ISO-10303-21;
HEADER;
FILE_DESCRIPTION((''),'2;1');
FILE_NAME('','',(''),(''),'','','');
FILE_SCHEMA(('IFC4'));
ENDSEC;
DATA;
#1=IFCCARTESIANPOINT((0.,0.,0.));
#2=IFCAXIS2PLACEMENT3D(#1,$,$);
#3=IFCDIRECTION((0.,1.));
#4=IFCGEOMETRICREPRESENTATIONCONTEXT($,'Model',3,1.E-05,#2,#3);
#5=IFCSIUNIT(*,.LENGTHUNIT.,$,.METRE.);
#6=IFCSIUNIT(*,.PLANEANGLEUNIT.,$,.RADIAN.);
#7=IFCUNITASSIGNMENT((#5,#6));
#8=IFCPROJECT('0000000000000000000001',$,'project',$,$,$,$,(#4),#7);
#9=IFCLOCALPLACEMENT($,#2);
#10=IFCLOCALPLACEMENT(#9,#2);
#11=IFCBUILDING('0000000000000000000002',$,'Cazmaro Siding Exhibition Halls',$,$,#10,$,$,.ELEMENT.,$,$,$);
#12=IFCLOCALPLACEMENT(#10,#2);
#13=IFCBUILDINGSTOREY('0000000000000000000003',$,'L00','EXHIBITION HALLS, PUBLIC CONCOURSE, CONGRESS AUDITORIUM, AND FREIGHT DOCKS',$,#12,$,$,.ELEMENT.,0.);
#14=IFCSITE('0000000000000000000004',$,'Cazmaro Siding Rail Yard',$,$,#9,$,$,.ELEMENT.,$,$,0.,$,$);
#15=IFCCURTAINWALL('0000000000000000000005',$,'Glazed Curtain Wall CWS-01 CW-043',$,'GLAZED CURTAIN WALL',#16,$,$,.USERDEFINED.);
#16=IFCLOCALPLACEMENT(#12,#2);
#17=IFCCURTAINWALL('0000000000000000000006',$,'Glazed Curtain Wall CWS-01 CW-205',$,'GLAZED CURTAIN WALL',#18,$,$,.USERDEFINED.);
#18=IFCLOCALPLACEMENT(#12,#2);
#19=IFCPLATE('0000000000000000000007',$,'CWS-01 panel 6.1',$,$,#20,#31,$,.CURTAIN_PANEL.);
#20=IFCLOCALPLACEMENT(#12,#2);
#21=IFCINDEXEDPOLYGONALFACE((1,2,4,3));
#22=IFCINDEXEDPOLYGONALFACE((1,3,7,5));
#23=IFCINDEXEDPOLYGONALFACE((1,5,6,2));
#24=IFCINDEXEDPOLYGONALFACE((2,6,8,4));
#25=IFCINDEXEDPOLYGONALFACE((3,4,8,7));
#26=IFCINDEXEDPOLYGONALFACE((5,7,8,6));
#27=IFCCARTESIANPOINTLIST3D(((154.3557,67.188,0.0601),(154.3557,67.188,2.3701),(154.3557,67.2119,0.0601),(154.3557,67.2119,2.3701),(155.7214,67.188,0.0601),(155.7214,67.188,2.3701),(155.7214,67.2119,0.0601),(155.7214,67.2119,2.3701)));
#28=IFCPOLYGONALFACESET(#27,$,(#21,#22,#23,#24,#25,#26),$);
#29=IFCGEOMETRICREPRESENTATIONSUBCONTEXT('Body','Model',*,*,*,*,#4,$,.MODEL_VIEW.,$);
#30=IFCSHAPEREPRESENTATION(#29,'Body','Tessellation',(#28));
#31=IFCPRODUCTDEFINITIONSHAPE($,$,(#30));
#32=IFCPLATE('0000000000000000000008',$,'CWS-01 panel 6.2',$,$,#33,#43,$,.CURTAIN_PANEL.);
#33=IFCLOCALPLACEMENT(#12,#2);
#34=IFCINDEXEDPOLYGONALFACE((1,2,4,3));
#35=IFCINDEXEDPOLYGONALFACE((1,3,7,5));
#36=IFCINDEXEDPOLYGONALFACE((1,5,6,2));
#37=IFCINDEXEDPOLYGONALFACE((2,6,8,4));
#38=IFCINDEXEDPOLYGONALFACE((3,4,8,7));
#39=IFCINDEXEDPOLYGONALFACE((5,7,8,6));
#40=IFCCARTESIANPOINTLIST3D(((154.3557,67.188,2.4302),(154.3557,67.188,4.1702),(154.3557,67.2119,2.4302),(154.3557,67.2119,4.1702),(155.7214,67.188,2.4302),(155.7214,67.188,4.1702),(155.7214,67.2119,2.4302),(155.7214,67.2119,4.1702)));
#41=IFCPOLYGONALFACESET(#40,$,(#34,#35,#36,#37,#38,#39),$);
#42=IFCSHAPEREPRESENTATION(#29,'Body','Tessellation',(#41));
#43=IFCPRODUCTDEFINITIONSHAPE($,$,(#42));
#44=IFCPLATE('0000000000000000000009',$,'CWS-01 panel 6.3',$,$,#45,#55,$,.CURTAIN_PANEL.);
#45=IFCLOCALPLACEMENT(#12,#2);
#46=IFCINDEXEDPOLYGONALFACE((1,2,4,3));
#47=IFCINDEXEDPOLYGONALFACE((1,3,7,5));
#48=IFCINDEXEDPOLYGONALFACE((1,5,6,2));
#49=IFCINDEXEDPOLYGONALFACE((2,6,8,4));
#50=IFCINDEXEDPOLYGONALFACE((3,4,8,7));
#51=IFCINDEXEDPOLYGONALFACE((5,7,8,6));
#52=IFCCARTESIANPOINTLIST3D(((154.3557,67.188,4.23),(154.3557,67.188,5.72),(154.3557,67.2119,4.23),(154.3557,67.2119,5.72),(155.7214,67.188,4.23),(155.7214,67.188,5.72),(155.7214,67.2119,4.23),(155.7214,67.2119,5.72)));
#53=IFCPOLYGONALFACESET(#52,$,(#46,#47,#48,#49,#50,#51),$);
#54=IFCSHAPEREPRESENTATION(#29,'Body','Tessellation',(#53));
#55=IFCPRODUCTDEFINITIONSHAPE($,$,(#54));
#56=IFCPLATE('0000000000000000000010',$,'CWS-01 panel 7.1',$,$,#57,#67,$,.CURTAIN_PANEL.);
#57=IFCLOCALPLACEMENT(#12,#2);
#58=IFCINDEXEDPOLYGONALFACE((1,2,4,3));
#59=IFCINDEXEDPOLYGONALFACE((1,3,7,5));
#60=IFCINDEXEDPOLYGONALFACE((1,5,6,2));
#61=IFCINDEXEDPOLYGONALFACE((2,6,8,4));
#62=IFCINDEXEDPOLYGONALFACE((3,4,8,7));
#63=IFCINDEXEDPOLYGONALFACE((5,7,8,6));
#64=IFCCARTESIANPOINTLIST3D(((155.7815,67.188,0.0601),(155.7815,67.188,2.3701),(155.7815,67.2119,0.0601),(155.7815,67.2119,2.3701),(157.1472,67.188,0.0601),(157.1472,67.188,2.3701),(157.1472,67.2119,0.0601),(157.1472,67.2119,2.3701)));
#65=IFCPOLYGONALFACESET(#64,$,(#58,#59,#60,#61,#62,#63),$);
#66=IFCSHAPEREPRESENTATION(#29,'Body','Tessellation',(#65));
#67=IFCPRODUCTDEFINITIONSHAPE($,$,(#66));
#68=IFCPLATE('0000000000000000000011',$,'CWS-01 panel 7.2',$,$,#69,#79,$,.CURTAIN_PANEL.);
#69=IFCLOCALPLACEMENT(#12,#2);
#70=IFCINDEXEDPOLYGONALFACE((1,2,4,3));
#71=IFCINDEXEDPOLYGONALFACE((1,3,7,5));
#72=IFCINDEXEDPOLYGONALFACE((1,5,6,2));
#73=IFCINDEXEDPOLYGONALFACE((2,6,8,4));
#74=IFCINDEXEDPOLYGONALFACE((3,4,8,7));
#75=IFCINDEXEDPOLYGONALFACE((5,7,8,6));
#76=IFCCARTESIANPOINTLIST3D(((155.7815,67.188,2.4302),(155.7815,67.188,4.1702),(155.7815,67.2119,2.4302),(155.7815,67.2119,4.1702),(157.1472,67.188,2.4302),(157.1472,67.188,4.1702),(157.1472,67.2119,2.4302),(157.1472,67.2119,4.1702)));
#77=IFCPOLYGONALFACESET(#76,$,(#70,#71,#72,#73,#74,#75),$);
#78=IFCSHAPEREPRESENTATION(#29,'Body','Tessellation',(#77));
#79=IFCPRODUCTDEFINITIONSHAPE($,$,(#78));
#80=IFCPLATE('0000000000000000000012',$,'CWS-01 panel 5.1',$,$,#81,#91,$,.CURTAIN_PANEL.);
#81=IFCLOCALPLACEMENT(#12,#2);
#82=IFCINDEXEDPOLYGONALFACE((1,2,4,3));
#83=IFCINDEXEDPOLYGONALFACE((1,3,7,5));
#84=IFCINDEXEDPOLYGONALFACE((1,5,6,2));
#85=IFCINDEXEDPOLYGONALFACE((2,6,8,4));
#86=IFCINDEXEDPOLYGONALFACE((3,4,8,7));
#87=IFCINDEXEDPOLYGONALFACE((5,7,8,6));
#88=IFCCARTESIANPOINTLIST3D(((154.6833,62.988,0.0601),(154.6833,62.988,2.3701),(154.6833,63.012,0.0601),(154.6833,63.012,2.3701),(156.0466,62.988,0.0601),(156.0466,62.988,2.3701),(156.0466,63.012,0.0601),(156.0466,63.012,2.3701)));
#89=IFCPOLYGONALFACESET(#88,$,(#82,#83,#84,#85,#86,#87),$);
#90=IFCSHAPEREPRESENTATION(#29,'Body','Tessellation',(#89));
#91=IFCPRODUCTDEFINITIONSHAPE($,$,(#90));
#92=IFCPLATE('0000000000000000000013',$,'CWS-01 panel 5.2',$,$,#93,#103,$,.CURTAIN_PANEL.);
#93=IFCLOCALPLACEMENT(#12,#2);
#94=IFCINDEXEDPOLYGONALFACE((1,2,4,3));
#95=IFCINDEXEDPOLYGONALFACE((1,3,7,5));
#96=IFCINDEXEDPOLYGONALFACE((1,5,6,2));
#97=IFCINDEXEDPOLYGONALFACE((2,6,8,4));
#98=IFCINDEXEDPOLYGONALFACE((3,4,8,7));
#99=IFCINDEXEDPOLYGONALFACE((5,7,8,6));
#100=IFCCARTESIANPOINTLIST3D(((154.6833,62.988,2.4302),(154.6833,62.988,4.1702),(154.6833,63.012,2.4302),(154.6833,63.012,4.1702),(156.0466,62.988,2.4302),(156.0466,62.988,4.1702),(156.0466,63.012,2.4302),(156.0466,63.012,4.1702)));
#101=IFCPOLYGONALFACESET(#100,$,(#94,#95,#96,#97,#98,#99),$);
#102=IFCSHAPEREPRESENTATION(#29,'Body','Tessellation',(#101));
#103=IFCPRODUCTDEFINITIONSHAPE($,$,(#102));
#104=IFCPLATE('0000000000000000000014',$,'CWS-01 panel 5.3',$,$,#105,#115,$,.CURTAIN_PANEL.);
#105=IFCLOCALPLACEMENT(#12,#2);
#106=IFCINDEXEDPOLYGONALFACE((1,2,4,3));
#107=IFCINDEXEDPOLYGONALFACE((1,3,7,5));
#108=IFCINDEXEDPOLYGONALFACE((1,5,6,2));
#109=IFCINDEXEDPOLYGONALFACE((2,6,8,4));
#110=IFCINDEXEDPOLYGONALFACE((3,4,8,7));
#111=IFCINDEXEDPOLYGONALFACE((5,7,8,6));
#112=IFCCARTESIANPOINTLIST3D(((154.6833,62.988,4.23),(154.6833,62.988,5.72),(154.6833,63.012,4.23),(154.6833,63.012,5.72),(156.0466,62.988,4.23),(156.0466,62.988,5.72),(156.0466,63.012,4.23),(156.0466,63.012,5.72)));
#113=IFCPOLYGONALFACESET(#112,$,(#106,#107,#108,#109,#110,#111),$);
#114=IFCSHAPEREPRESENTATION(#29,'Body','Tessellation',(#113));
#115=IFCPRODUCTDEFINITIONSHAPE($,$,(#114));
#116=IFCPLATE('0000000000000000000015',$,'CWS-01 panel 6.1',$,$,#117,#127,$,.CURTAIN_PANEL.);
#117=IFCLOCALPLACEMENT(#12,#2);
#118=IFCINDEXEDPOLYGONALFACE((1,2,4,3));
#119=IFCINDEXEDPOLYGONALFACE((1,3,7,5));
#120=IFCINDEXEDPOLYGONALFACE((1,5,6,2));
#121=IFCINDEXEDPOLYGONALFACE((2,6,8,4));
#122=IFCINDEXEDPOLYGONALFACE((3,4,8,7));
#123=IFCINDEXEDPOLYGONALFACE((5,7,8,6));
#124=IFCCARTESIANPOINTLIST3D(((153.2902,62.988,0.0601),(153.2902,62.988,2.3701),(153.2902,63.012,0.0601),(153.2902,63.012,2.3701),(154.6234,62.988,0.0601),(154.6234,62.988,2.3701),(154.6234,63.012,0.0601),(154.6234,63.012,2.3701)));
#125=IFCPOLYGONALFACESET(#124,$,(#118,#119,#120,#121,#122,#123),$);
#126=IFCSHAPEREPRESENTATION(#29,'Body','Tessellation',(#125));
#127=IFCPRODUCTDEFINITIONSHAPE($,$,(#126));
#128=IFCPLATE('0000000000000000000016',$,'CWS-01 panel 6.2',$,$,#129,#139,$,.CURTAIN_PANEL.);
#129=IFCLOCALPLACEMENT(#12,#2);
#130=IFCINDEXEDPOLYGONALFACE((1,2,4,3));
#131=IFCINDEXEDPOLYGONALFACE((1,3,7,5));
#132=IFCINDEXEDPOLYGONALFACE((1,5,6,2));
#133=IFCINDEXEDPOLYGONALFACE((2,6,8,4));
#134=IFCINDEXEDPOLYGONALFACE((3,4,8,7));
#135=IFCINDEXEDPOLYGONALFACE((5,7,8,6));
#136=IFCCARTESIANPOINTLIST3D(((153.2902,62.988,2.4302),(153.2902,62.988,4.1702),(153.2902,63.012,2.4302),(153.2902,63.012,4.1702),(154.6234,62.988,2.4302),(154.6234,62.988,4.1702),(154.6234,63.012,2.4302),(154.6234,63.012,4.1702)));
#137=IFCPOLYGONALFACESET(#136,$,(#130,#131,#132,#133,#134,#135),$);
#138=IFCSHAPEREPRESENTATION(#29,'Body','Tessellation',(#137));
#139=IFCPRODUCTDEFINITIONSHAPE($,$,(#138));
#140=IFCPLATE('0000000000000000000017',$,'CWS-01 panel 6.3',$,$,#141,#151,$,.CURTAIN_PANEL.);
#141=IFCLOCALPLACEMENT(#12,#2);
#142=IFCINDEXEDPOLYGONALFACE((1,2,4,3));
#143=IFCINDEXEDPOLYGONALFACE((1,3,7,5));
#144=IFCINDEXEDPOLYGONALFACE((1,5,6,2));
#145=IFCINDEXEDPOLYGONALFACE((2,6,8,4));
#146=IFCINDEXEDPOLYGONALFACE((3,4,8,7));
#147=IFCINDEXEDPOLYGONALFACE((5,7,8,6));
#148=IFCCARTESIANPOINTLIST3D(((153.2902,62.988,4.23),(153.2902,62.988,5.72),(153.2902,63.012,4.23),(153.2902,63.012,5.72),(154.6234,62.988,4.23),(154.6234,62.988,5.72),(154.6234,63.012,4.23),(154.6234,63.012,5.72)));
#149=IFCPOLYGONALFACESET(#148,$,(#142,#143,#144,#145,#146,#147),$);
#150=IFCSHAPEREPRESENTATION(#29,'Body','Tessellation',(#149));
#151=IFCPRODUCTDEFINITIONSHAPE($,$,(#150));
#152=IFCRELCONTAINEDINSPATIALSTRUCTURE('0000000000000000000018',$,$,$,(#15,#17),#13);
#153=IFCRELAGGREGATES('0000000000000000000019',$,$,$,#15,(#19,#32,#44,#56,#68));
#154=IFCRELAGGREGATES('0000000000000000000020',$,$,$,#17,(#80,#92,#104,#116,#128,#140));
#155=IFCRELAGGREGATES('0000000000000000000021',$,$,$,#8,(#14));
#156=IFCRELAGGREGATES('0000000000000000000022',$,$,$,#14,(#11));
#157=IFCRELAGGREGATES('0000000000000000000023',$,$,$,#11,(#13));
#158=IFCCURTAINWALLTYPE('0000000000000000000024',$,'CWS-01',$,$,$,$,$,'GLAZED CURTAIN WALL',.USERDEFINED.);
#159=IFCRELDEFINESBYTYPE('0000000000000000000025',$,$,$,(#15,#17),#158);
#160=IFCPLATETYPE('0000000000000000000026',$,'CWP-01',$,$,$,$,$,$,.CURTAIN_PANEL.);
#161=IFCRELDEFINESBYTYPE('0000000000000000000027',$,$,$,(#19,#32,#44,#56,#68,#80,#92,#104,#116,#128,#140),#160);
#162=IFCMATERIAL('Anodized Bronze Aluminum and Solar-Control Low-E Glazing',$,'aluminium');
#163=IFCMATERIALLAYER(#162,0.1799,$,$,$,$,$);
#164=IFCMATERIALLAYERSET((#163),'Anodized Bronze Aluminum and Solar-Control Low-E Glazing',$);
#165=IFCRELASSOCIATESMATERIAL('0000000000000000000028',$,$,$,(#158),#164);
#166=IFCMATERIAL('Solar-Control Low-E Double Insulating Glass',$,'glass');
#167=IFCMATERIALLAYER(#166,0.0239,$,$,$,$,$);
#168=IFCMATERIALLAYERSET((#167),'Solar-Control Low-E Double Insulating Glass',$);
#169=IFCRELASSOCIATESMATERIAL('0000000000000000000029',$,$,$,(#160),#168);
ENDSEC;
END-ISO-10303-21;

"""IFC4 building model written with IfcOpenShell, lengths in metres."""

from ifc_helpers import new_model, si_unit, direction, frame, origin, origin_2d, place, context, subcontext, project, spatial, rectangle, extrude, material, layer, layer_set, type_object, element, aggregate, save


model = new_model("IFC4")

# Units and contexts
model_context = context("Model", 3, precision=1e-05, world=origin(), true_north=direction((0.0, 1.0)))
body_context = subcontext(model_context, "Body", "Model", "MODEL_VIEW")
ifc_project = project(units=[si_unit("LENGTHUNIT", "METRE"), si_unit("PLANEANGLEUNIT", "RADIAN")], contexts=[model_context])

# Site, building, storey
site_placement = place(None, origin())
site = spatial("IfcSite", under=ifc_project, at=site_placement, Name="Cazmaro Siding Rail Yard", CompositionType="ELEMENT", RefElevation=0.0)
building_placement = place(site_placement, origin())
building = spatial("IfcBuilding", under=site, at=building_placement, Name="Cazmaro Siding Exhibition Halls", CompositionType="ELEMENT")
storey_placement = place(building_placement, origin())
storey = spatial("IfcBuildingStorey", under=building, at=storey_placement, Name="L00", Description="EXHIBITION HALLS, PUBLIC CONCOURSE, CONGRESS AUDITORIUM, AND FREIGHT DOCKS", CompositionType="ELEMENT", Elevation=0.0)

# Curtain walls
ifc_material_1 = material(Name="Anodized Bronze Aluminum and Solar-Control Low-E Glazing", Category="aluminium")
ifc_layer_1 = layer(ifc_material_1, 0.1799)
ifc_layer_set_1 = layer_set([ifc_layer_1], Name="Anodized Bronze Aluminum and Solar-Control Low-E Glazing")
curtain_wall_type = type_object("IfcCurtainWallType", Name="CWS-01", ElementType="GLAZED CURTAIN WALL", PredefinedType="USERDEFINED", material=ifc_layer_set_1)
curtain_wall_1_placement = place(storey_placement, origin())
curtain_wall_1 = element("IfcCurtainWall", 1, at=curtain_wall_1_placement, inside=storey, type_object=curtain_wall_type, Name="Glazed Curtain Wall CWS-01 CW-043", ObjectType="GLAZED CURTAIN WALL", PredefinedType="USERDEFINED")
curtain_wall_2_placement = place(storey_placement, origin())
curtain_wall_2 = element("IfcCurtainWall", 2, at=curtain_wall_2_placement, inside=storey, type_object=curtain_wall_type, Name="Glazed Curtain Wall CWS-01 CW-205", ObjectType="GLAZED CURTAIN WALL", PredefinedType="USERDEFINED")

# Plates
ifc_material_2 = material(Name="Solar-Control Low-E Double Insulating Glass", Category="glass")
ifc_layer_2 = layer(ifc_material_2, 0.0239)
ifc_layer_set_2 = layer_set([ifc_layer_2], Name="Solar-Control Low-E Double Insulating Glass")
plate_type = type_object("IfcPlateType", Name="CWP-01", PredefinedType="CURTAIN_PANEL", material=ifc_layer_set_2)
plate_1_placement = place(storey_placement, frame((155.0386, 67.2, 0.0601), z_axis=(0.0, 0.0, 1.0), x_axis=(1.0, 0.0, 0.0)))
plate_1 = element("IfcPlate", 3, at=plate_1_placement, type_object=plate_type, Name="CWS-01 panel 6.1", PredefinedType="CURTAIN_PANEL", context=body_context, shape_type="SweptSolid", body=[
    extrude(rectangle(XDim=1.3657, YDim=0.0239, at=origin_2d()), origin(), (0.0, 0.0, 1.0), 2.3101),
])
plate_2_placement = place(storey_placement, frame((155.0386, 67.2, 2.4302), z_axis=(0.0, 0.0, 1.0), x_axis=(1.0, 0.0, 0.0)))
plate_2 = element("IfcPlate", 4, at=plate_2_placement, type_object=plate_type, Name="CWS-01 panel 6.2", PredefinedType="CURTAIN_PANEL", context=body_context, shape_type="SweptSolid", body=[
    extrude(rectangle(XDim=1.3657, YDim=0.0239, at=origin_2d()), origin(), (0.0, 0.0, 1.0), 1.74),
])
plate_3_placement = place(storey_placement, frame((155.0386, 67.2, 4.23), z_axis=(0.0, 0.0, 1.0), x_axis=(1.0, 0.0, 0.0)))
plate_3 = element("IfcPlate", 5, at=plate_3_placement, type_object=plate_type, Name="CWS-01 panel 6.3", PredefinedType="CURTAIN_PANEL", context=body_context, shape_type="SweptSolid", body=[
    extrude(rectangle(XDim=1.3657, YDim=0.0239, at=origin_2d()), origin(), (0.0, 0.0, 1.0), 1.49),
])
plate_4_placement = place(storey_placement, frame((156.4644, 67.2, 0.0601), z_axis=(0.0, 0.0, 1.0), x_axis=(1.0, 0.0, 0.0)))
plate_4 = element("IfcPlate", 6, at=plate_4_placement, type_object=plate_type, Name="CWS-01 panel 7.1", PredefinedType="CURTAIN_PANEL", context=body_context, shape_type="SweptSolid", body=[
    extrude(rectangle(XDim=1.3657, YDim=0.0239, at=origin_2d()), origin(), (0.0, 0.0, 1.0), 2.3101),
])
plate_5_placement = place(storey_placement, frame((156.4644, 67.2, 2.4302), z_axis=(0.0, 0.0, 1.0), x_axis=(1.0, 0.0, 0.0)))
plate_5 = element("IfcPlate", 7, at=plate_5_placement, type_object=plate_type, Name="CWS-01 panel 7.2", PredefinedType="CURTAIN_PANEL", context=body_context, shape_type="SweptSolid", body=[
    extrude(rectangle(XDim=1.3657, YDim=0.0239, at=origin_2d()), origin(), (0.0, 0.0, 1.0), 1.74),
])
aggregate(curtain_wall_1, [plate_1, plate_2, plate_3, plate_4, plate_5])
plate_6_placement = place(storey_placement, frame((155.365, 63.0, 0.0601), z_axis=(0.0, 0.0, 1.0), x_axis=(-1.0, 0.0, 0.0)))
plate_6 = element("IfcPlate", 8, at=plate_6_placement, type_object=plate_type, Name="CWS-01 panel 5.1", PredefinedType="CURTAIN_PANEL", context=body_context, shape_type="SweptSolid", body=[
    extrude(rectangle(XDim=1.3633, YDim=0.0239, at=origin_2d()), origin(), (0.0, 0.0, 1.0), 2.3101),
])
plate_7_placement = place(storey_placement, frame((155.365, 63.0, 2.4302), z_axis=(0.0, 0.0, 1.0), x_axis=(-1.0, 0.0, 0.0)))
plate_7 = element("IfcPlate", 9, at=plate_7_placement, type_object=plate_type, Name="CWS-01 panel 5.2", PredefinedType="CURTAIN_PANEL", context=body_context, shape_type="SweptSolid", body=[
    extrude(rectangle(XDim=1.3633, YDim=0.0239, at=origin_2d()), origin(), (0.0, 0.0, 1.0), 1.74),
])
plate_8_placement = place(storey_placement, frame((155.365, 63.0, 4.23), z_axis=(0.0, 0.0, 1.0), x_axis=(-1.0, 0.0, 0.0)))
plate_8 = element("IfcPlate", 10, at=plate_8_placement, type_object=plate_type, Name="CWS-01 panel 5.3", PredefinedType="CURTAIN_PANEL", context=body_context, shape_type="SweptSolid", body=[
    extrude(rectangle(XDim=1.3633, YDim=0.0239, at=origin_2d()), origin(), (0.0, 0.0, 1.0), 1.49),
])
plate_9_placement = place(storey_placement, frame((153.9568, 63.0, 0.0601), z_axis=(0.0, 0.0, 1.0), x_axis=(-1.0, 0.0, 0.0)))
plate_9 = element("IfcPlate", 11, at=plate_9_placement, type_object=plate_type, Name="CWS-01 panel 6.1", PredefinedType="CURTAIN_PANEL", context=body_context, shape_type="SweptSolid", body=[
    extrude(rectangle(XDim=1.3333, YDim=0.0239, at=origin_2d()), origin(), (0.0, 0.0, 1.0), 2.3101),
])
plate_10_placement = place(storey_placement, frame((153.9568, 63.0, 2.4302), z_axis=(0.0, 0.0, 1.0), x_axis=(-1.0, 0.0, 0.0)))
plate_10 = element("IfcPlate", 12, at=plate_10_placement, type_object=plate_type, Name="CWS-01 panel 6.2", PredefinedType="CURTAIN_PANEL", context=body_context, shape_type="SweptSolid", body=[
    extrude(rectangle(XDim=1.3333, YDim=0.0239, at=origin_2d()), origin(), (0.0, 0.0, 1.0), 1.74),
])
plate_11_placement = place(storey_placement, frame((153.9568, 63.0, 4.23), z_axis=(0.0, 0.0, 1.0), x_axis=(-1.0, 0.0, 0.0)))
plate_11 = element("IfcPlate", 13, at=plate_11_placement, type_object=plate_type, Name="CWS-01 panel 6.3", PredefinedType="CURTAIN_PANEL", context=body_context, shape_type="SweptSolid", body=[
    extrude(rectangle(XDim=1.3333, YDim=0.0239, at=origin_2d()), origin(), (0.0, 0.0, 1.0), 1.49),
])
aggregate(curtain_wall_2, [plate_6, plate_7, plate_8, plate_9, plate_10, plate_11])

save(model, "model.ifc")
